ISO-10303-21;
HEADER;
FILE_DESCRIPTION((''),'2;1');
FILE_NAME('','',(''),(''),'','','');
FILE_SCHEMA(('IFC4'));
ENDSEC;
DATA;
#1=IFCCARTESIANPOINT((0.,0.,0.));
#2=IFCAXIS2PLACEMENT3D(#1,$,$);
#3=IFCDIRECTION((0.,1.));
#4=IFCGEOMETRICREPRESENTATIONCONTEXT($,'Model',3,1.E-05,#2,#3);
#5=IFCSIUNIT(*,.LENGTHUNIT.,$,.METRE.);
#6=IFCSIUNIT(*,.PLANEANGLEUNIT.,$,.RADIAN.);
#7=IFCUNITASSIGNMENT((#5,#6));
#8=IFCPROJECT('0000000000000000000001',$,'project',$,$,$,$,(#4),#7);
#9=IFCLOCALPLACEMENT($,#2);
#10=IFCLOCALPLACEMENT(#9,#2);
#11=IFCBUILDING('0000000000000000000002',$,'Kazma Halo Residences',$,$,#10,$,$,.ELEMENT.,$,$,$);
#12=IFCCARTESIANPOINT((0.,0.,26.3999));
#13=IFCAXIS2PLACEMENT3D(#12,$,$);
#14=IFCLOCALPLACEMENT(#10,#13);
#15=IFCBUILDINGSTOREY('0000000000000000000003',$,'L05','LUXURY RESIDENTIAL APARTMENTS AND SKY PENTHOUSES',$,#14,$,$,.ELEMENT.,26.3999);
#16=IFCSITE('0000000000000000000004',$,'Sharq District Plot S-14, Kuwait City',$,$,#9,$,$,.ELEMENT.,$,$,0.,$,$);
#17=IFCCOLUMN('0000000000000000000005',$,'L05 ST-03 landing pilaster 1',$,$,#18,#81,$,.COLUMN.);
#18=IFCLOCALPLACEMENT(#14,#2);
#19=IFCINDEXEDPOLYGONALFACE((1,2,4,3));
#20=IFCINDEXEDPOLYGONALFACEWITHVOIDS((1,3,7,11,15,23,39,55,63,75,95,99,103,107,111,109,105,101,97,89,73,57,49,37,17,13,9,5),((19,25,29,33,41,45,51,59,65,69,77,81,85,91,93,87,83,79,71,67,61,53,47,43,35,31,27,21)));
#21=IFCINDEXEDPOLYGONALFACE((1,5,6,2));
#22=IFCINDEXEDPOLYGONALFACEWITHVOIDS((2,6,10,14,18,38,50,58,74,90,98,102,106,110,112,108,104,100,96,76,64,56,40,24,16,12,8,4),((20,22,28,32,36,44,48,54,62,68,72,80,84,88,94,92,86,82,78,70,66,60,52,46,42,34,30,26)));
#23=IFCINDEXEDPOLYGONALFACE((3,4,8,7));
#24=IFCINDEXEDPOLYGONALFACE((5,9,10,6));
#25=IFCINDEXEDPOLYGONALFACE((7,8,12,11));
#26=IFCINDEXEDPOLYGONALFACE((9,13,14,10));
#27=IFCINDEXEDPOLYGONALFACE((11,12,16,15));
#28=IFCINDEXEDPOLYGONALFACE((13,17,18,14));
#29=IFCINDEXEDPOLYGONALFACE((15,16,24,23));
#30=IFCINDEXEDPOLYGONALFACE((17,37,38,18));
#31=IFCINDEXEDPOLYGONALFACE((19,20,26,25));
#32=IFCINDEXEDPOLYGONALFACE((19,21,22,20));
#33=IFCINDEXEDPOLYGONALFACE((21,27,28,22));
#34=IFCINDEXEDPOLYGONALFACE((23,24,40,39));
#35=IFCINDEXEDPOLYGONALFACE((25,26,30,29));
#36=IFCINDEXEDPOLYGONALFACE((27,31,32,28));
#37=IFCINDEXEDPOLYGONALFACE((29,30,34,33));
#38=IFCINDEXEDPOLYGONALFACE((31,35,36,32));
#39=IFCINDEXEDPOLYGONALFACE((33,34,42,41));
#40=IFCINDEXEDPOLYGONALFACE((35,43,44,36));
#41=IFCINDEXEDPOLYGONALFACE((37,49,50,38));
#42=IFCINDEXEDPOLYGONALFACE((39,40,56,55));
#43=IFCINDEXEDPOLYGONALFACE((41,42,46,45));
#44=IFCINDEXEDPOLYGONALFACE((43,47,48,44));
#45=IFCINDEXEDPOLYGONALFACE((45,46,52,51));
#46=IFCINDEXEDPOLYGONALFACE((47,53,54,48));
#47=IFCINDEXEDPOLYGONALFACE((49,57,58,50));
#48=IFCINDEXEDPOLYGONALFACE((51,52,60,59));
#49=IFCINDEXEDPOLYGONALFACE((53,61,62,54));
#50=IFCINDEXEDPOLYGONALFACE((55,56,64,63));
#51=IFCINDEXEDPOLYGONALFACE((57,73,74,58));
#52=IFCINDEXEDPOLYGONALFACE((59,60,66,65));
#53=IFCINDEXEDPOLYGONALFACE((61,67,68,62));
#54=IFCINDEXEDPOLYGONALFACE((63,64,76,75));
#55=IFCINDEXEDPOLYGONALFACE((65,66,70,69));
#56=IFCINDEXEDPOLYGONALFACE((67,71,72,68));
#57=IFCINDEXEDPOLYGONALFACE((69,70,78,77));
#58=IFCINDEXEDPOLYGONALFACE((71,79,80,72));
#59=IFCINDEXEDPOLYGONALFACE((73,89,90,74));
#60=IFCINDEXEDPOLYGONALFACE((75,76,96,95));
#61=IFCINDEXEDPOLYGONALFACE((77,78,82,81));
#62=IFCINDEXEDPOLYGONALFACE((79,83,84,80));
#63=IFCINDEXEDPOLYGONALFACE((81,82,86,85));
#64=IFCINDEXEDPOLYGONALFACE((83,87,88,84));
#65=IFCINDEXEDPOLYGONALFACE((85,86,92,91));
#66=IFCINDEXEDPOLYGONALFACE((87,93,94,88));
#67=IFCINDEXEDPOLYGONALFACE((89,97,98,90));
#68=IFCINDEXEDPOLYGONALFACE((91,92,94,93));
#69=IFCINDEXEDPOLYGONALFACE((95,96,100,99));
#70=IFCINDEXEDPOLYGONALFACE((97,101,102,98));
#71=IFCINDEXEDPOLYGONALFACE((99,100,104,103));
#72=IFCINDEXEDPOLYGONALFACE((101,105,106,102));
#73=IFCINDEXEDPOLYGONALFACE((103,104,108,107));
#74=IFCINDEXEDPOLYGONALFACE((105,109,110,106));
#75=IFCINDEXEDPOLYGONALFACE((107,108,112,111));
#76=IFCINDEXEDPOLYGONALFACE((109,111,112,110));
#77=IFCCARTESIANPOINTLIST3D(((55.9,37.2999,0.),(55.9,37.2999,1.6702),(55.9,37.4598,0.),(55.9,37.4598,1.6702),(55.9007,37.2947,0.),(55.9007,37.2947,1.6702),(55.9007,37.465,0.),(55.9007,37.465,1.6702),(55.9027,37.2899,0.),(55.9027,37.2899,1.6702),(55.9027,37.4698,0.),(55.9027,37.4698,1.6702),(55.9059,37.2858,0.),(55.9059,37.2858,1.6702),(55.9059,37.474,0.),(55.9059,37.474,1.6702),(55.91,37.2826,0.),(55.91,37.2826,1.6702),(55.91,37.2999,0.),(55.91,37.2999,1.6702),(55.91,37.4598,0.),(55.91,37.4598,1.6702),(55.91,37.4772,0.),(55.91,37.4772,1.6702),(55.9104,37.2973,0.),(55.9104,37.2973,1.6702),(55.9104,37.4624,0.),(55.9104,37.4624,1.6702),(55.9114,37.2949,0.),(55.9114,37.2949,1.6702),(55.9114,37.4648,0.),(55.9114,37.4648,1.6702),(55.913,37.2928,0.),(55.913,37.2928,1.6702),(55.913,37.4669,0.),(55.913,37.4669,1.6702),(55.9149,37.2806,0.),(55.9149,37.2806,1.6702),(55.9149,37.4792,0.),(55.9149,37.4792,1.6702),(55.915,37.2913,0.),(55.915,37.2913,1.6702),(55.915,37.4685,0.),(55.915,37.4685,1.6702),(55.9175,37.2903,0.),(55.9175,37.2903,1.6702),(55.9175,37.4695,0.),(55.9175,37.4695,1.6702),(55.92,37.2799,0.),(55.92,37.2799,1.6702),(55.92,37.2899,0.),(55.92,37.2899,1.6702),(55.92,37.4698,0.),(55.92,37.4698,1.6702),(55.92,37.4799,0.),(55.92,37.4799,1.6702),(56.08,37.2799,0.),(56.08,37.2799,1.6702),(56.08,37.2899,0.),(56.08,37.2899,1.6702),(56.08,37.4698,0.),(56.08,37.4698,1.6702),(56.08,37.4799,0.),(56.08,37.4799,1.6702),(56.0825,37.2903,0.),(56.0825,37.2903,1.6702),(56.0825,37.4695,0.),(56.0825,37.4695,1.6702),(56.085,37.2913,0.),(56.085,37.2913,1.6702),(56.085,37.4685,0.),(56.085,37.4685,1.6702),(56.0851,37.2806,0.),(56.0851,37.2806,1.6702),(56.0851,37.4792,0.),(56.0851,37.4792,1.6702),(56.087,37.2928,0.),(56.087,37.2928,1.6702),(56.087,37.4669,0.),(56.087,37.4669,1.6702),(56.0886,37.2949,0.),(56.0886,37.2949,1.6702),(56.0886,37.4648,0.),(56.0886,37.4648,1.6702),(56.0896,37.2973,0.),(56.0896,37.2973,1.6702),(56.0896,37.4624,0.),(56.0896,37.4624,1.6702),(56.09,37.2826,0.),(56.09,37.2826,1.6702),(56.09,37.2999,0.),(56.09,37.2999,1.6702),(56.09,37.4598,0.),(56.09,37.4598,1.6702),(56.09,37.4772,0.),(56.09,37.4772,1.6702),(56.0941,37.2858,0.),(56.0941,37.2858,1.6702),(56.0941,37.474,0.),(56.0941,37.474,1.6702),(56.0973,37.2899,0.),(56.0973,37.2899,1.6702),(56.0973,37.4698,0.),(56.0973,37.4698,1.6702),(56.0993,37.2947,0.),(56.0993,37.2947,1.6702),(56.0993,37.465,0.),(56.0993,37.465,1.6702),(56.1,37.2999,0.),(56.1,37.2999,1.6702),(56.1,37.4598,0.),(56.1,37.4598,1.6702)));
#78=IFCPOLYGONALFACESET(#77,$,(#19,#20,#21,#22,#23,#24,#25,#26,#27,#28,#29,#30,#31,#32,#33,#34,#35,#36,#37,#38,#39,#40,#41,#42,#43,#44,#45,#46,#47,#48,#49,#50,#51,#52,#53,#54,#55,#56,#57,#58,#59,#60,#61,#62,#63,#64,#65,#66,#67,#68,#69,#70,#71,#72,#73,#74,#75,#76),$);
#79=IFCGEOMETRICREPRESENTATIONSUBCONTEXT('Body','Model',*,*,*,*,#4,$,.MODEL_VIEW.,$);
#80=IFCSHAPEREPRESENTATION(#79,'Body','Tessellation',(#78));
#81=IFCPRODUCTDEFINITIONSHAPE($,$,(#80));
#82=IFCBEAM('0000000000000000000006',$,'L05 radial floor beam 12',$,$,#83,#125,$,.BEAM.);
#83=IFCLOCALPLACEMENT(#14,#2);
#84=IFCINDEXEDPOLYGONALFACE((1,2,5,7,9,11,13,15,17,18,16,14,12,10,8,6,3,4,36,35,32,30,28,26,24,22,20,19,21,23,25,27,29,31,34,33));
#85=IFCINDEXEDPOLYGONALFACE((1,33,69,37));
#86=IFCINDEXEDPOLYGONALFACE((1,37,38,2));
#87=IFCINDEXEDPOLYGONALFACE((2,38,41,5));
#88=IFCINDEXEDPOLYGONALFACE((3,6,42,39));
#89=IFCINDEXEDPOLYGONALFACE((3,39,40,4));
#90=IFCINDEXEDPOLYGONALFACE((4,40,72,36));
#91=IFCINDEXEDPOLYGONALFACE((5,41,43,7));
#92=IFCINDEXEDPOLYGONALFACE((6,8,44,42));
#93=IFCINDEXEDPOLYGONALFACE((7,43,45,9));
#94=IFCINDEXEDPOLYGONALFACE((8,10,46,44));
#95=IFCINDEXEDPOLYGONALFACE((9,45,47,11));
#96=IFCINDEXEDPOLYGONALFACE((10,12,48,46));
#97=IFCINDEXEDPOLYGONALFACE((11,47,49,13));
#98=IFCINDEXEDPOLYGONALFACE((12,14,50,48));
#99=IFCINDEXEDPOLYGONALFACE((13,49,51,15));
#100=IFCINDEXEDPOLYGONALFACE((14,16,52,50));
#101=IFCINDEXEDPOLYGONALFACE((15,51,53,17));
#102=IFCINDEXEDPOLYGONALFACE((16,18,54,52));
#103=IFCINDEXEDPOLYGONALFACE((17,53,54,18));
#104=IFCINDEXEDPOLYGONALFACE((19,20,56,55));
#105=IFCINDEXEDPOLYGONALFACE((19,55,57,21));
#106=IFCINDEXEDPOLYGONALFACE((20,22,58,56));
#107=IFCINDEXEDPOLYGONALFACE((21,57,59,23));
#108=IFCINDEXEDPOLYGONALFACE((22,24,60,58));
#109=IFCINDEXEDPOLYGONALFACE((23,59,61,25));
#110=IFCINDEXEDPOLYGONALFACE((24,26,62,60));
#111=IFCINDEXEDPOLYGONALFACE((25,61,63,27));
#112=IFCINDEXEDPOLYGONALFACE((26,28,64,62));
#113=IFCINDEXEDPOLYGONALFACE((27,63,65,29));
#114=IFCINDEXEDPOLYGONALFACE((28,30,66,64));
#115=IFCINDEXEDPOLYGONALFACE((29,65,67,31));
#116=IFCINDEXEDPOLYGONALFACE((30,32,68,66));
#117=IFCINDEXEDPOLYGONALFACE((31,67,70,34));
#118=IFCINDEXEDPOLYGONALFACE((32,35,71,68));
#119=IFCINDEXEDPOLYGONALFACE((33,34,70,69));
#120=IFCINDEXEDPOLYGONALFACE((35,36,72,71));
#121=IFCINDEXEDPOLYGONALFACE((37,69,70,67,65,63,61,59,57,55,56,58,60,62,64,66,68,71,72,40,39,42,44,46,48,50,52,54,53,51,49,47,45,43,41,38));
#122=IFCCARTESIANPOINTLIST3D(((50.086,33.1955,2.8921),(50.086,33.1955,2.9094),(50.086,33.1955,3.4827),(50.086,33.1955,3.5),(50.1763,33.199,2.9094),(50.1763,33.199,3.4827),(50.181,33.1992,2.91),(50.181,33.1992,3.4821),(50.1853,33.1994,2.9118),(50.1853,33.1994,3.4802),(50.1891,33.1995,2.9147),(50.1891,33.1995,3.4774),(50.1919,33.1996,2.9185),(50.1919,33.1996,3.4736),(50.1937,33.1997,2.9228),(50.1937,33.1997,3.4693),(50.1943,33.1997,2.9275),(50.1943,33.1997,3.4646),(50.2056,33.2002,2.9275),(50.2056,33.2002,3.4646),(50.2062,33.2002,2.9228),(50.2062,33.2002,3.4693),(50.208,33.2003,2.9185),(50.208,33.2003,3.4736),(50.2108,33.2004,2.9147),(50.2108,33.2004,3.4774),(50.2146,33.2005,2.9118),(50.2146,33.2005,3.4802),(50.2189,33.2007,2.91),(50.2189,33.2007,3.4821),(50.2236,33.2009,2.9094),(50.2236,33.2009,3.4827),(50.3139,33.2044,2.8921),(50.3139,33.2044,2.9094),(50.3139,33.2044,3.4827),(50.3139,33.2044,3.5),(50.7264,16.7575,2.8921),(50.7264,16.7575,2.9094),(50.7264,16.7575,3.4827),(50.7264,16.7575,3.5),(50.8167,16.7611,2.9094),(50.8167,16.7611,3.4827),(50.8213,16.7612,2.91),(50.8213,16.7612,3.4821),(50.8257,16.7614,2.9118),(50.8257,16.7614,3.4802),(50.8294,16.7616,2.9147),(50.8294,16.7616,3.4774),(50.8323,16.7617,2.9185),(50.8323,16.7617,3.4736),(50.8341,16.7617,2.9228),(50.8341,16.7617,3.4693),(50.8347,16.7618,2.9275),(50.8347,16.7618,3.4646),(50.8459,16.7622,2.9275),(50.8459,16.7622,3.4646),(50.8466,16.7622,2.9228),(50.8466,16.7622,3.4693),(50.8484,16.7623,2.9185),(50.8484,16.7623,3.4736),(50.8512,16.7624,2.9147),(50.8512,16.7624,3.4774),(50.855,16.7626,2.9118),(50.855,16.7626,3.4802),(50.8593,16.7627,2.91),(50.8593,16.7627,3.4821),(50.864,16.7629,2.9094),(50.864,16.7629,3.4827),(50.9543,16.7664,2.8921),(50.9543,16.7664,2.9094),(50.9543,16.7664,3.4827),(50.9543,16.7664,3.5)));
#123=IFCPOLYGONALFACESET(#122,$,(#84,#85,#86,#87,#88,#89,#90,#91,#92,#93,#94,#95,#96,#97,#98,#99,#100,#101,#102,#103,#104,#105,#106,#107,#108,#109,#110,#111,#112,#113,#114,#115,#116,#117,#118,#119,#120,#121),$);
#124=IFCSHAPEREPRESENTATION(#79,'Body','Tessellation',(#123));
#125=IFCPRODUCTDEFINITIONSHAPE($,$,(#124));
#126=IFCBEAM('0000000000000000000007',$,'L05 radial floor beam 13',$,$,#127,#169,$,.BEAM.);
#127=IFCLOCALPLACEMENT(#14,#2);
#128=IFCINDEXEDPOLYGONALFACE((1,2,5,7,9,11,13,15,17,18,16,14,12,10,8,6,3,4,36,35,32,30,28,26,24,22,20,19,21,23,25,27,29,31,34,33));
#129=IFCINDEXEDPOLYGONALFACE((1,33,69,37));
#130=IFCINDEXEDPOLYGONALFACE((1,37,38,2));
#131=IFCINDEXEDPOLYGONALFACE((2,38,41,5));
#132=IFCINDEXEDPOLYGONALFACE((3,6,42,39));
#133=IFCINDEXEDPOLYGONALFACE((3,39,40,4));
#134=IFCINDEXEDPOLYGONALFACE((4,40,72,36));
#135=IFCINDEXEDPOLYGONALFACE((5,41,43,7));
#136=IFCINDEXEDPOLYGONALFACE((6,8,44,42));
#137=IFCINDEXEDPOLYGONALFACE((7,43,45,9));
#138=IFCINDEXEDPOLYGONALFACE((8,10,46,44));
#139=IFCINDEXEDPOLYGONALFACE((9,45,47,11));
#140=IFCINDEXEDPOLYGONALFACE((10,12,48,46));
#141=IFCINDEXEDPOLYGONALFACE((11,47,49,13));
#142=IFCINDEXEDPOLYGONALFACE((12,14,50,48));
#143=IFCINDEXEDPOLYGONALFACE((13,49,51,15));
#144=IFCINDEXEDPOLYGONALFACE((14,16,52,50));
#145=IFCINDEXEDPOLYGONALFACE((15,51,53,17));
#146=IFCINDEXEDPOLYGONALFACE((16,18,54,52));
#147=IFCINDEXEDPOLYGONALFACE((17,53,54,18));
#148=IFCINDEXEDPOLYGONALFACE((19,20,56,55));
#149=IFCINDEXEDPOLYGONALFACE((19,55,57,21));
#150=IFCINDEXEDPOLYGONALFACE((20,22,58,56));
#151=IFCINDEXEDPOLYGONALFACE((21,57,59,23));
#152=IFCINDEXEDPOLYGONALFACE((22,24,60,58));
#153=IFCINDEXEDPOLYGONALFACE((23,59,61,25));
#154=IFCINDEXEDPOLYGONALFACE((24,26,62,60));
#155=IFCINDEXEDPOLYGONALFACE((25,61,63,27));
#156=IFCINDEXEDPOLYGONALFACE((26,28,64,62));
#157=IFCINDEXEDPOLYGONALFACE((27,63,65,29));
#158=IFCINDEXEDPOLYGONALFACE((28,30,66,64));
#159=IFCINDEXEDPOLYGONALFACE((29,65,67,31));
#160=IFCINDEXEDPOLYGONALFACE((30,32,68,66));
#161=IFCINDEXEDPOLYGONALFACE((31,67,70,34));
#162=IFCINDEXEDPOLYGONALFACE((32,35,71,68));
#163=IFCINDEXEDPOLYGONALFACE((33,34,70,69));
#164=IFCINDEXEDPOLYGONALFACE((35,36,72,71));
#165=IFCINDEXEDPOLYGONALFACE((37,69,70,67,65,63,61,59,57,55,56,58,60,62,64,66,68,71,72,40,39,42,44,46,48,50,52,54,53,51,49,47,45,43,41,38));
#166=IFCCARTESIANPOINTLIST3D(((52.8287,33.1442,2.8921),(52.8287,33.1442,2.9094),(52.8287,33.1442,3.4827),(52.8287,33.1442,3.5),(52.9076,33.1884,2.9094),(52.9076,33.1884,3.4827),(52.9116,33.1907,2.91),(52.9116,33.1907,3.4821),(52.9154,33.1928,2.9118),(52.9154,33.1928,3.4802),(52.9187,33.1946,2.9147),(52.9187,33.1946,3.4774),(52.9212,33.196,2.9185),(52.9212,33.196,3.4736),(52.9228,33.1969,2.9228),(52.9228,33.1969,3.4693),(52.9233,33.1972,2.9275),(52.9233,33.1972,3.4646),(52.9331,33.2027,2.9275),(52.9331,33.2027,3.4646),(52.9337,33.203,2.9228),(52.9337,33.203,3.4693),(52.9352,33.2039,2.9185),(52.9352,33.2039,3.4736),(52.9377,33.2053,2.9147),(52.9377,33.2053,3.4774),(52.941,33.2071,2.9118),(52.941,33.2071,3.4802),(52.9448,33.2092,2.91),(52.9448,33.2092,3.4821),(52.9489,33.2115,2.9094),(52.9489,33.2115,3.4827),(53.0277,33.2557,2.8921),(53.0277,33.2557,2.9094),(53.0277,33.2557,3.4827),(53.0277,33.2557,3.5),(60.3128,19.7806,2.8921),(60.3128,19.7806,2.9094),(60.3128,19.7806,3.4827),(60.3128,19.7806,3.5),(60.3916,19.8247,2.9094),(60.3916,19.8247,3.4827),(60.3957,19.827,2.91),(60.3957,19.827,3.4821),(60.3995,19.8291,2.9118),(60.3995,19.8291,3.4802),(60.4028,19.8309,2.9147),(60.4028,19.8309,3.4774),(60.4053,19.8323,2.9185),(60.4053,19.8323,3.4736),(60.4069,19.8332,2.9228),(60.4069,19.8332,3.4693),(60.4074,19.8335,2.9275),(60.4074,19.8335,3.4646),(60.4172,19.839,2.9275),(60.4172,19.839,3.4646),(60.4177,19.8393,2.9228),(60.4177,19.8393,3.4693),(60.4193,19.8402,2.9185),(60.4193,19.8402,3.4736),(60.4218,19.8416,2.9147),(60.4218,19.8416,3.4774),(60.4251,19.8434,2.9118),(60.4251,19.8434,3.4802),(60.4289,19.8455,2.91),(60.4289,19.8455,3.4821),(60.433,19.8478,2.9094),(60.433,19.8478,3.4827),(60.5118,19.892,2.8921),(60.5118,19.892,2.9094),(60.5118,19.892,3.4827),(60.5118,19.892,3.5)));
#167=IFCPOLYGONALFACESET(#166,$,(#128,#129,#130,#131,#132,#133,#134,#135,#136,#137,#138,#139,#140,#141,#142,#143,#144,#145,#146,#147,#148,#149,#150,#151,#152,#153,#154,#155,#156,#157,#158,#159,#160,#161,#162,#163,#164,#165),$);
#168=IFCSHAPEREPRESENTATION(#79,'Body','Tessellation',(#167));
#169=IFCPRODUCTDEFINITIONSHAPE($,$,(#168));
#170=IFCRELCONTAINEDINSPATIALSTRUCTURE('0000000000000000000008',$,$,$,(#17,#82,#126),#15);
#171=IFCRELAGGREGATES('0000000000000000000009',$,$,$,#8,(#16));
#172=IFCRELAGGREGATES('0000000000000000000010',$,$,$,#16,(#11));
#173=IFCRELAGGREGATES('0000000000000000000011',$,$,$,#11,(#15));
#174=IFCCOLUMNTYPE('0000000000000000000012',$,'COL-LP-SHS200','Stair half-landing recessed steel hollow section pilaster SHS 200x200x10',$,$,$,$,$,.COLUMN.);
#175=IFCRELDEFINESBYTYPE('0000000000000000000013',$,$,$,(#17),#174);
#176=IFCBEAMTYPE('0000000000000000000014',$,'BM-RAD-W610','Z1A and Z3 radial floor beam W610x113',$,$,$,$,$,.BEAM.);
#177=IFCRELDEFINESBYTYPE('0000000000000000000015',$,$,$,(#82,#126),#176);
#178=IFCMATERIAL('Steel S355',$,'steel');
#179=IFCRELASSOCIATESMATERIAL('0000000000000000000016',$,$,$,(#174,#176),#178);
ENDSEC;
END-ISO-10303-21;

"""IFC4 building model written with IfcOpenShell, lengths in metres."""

from ifc_helpers import new_model, si_unit, direction, frame, origin, origin_2d, place, context, subcontext, project, spatial, hollow_rectangle, i_section, extrude, material, material_profile, profile_set, type_object, element, save


model = new_model("IFC4")

# Units and contexts
model_context = context("Model", 3, precision=1e-05, world=origin(), true_north=direction((0.0, 1.0)))
body_context = subcontext(model_context, "Body", "Model", "MODEL_VIEW")
ifc_project = project(units=[si_unit("LENGTHUNIT", "METRE"), si_unit("PLANEANGLEUNIT", "RADIAN")], contexts=[model_context])

# Site, building, storey
site_placement = place(None, origin())
site = spatial("IfcSite", under=ifc_project, at=site_placement, Name="Sharq District Plot S-14, Kuwait City", CompositionType="ELEMENT", RefElevation=0.0)
building_placement = place(site_placement, origin())
building = spatial("IfcBuilding", under=site, at=building_placement, Name="Kazma Halo Residences", CompositionType="ELEMENT")
storey_placement = place(building_placement, frame((0.0, 0.0, 26.3999)))
storey = spatial("IfcBuildingStorey", under=building, at=storey_placement, Name="L05", Description="LUXURY RESIDENTIAL APARTMENTS AND SKY PENTHOUSES", CompositionType="ELEMENT", Elevation=26.3999)

# Column
ifc_material_1 = material(Name="Steel S355", Category="steel")
ifc_material_profile_1 = material_profile(ifc_material_1, hollow_rectangle(XDim=0.2, YDim=0.2, WallThickness=0.01, InnerFilletRadius=0.01, OuterFilletRadius=0.02, at=origin_2d()), Name="SHS200x200x10")
ifc_profile_set_1 = profile_set([ifc_material_profile_1], Name="Steel S355")
column_type = type_object("IfcColumnType", Name="COL-LP-SHS200", Description="Stair half-landing recessed steel hollow section pilaster SHS 200x200x10", PredefinedType="COLUMN", material=ifc_profile_set_1)
column_placement = place(storey_placement, frame((56.0, 37.3799, 0.0), z_axis=(0.0, 0.0, 1.0), x_axis=(1.0, 0.0, 0.0)))
element("IfcColumn", 1, at=column_placement, inside=storey, type_object=column_type, Name="L05 ST-03 landing pilaster 1", PredefinedType="COLUMN", context=body_context, shape_type="SweptSolid", body=[
    extrude(hollow_rectangle(XDim=0.2, YDim=0.2, WallThickness=0.01, InnerFilletRadius=0.01, OuterFilletRadius=0.02, at=origin_2d()), origin(), (0.0, 0.0, 1.0), 1.6702),
])

# Beams
ifc_material_profile_2 = material_profile(ifc_material_1, i_section(OverallWidth=0.228, OverallDepth=0.6079, WebThickness=0.0112, FlangeThickness=0.0173, FilletRadius=0.0181, at=origin_2d()), Name="W610x113")
ifc_profile_set_2 = profile_set([ifc_material_profile_2], Name="Steel S355")
beam_type_1 = type_object("IfcBeamType", Name="BM-RAD-W610", Description="Z1A and Z3 radial floor beam W610x113", PredefinedType="BEAM", material=ifc_profile_set_2)
beam_1_placement = place(storey_placement, frame((50.2, 33.2, 3.196), z_axis=(0.038928, -0.999242, 0.0), x_axis=(0.999242, 0.038928, 0.0)))
element("IfcBeam", 2, at=beam_1_placement, inside=storey, type_object=beam_type_1, Name="L05 radial floor beam 12", PredefinedType="BEAM", context=body_context, shape_type="SweptSolid", body=[
    extrude(i_section(OverallWidth=0.228, OverallDepth=0.6079, WebThickness=0.0112, FlangeThickness=0.0173, FilletRadius=0.0181, at=origin_2d()), origin(), (0.0, 0.0, 1.0), 16.4504),
])
beam_2_placement = place(storey_placement, frame((52.9282, 33.2, 3.196), z_axis=(0.488624, -0.872494, 0.0), x_axis=(0.872494, 0.488624, 0.0)))
element("IfcBeam", 3, at=beam_2_placement, inside=storey, type_object=beam_type_1, Name="L05 radial floor beam 13", PredefinedType="BEAM", context=body_context, shape_type="SweptSolid", body=[
    extrude(i_section(OverallWidth=0.228, OverallDepth=0.6079, WebThickness=0.0112, FlangeThickness=0.0173, FilletRadius=0.0181, at=origin_2d()), origin(), (0.0, 0.0, 1.0), 15.3167),
])

save(model, "model.ifc")
